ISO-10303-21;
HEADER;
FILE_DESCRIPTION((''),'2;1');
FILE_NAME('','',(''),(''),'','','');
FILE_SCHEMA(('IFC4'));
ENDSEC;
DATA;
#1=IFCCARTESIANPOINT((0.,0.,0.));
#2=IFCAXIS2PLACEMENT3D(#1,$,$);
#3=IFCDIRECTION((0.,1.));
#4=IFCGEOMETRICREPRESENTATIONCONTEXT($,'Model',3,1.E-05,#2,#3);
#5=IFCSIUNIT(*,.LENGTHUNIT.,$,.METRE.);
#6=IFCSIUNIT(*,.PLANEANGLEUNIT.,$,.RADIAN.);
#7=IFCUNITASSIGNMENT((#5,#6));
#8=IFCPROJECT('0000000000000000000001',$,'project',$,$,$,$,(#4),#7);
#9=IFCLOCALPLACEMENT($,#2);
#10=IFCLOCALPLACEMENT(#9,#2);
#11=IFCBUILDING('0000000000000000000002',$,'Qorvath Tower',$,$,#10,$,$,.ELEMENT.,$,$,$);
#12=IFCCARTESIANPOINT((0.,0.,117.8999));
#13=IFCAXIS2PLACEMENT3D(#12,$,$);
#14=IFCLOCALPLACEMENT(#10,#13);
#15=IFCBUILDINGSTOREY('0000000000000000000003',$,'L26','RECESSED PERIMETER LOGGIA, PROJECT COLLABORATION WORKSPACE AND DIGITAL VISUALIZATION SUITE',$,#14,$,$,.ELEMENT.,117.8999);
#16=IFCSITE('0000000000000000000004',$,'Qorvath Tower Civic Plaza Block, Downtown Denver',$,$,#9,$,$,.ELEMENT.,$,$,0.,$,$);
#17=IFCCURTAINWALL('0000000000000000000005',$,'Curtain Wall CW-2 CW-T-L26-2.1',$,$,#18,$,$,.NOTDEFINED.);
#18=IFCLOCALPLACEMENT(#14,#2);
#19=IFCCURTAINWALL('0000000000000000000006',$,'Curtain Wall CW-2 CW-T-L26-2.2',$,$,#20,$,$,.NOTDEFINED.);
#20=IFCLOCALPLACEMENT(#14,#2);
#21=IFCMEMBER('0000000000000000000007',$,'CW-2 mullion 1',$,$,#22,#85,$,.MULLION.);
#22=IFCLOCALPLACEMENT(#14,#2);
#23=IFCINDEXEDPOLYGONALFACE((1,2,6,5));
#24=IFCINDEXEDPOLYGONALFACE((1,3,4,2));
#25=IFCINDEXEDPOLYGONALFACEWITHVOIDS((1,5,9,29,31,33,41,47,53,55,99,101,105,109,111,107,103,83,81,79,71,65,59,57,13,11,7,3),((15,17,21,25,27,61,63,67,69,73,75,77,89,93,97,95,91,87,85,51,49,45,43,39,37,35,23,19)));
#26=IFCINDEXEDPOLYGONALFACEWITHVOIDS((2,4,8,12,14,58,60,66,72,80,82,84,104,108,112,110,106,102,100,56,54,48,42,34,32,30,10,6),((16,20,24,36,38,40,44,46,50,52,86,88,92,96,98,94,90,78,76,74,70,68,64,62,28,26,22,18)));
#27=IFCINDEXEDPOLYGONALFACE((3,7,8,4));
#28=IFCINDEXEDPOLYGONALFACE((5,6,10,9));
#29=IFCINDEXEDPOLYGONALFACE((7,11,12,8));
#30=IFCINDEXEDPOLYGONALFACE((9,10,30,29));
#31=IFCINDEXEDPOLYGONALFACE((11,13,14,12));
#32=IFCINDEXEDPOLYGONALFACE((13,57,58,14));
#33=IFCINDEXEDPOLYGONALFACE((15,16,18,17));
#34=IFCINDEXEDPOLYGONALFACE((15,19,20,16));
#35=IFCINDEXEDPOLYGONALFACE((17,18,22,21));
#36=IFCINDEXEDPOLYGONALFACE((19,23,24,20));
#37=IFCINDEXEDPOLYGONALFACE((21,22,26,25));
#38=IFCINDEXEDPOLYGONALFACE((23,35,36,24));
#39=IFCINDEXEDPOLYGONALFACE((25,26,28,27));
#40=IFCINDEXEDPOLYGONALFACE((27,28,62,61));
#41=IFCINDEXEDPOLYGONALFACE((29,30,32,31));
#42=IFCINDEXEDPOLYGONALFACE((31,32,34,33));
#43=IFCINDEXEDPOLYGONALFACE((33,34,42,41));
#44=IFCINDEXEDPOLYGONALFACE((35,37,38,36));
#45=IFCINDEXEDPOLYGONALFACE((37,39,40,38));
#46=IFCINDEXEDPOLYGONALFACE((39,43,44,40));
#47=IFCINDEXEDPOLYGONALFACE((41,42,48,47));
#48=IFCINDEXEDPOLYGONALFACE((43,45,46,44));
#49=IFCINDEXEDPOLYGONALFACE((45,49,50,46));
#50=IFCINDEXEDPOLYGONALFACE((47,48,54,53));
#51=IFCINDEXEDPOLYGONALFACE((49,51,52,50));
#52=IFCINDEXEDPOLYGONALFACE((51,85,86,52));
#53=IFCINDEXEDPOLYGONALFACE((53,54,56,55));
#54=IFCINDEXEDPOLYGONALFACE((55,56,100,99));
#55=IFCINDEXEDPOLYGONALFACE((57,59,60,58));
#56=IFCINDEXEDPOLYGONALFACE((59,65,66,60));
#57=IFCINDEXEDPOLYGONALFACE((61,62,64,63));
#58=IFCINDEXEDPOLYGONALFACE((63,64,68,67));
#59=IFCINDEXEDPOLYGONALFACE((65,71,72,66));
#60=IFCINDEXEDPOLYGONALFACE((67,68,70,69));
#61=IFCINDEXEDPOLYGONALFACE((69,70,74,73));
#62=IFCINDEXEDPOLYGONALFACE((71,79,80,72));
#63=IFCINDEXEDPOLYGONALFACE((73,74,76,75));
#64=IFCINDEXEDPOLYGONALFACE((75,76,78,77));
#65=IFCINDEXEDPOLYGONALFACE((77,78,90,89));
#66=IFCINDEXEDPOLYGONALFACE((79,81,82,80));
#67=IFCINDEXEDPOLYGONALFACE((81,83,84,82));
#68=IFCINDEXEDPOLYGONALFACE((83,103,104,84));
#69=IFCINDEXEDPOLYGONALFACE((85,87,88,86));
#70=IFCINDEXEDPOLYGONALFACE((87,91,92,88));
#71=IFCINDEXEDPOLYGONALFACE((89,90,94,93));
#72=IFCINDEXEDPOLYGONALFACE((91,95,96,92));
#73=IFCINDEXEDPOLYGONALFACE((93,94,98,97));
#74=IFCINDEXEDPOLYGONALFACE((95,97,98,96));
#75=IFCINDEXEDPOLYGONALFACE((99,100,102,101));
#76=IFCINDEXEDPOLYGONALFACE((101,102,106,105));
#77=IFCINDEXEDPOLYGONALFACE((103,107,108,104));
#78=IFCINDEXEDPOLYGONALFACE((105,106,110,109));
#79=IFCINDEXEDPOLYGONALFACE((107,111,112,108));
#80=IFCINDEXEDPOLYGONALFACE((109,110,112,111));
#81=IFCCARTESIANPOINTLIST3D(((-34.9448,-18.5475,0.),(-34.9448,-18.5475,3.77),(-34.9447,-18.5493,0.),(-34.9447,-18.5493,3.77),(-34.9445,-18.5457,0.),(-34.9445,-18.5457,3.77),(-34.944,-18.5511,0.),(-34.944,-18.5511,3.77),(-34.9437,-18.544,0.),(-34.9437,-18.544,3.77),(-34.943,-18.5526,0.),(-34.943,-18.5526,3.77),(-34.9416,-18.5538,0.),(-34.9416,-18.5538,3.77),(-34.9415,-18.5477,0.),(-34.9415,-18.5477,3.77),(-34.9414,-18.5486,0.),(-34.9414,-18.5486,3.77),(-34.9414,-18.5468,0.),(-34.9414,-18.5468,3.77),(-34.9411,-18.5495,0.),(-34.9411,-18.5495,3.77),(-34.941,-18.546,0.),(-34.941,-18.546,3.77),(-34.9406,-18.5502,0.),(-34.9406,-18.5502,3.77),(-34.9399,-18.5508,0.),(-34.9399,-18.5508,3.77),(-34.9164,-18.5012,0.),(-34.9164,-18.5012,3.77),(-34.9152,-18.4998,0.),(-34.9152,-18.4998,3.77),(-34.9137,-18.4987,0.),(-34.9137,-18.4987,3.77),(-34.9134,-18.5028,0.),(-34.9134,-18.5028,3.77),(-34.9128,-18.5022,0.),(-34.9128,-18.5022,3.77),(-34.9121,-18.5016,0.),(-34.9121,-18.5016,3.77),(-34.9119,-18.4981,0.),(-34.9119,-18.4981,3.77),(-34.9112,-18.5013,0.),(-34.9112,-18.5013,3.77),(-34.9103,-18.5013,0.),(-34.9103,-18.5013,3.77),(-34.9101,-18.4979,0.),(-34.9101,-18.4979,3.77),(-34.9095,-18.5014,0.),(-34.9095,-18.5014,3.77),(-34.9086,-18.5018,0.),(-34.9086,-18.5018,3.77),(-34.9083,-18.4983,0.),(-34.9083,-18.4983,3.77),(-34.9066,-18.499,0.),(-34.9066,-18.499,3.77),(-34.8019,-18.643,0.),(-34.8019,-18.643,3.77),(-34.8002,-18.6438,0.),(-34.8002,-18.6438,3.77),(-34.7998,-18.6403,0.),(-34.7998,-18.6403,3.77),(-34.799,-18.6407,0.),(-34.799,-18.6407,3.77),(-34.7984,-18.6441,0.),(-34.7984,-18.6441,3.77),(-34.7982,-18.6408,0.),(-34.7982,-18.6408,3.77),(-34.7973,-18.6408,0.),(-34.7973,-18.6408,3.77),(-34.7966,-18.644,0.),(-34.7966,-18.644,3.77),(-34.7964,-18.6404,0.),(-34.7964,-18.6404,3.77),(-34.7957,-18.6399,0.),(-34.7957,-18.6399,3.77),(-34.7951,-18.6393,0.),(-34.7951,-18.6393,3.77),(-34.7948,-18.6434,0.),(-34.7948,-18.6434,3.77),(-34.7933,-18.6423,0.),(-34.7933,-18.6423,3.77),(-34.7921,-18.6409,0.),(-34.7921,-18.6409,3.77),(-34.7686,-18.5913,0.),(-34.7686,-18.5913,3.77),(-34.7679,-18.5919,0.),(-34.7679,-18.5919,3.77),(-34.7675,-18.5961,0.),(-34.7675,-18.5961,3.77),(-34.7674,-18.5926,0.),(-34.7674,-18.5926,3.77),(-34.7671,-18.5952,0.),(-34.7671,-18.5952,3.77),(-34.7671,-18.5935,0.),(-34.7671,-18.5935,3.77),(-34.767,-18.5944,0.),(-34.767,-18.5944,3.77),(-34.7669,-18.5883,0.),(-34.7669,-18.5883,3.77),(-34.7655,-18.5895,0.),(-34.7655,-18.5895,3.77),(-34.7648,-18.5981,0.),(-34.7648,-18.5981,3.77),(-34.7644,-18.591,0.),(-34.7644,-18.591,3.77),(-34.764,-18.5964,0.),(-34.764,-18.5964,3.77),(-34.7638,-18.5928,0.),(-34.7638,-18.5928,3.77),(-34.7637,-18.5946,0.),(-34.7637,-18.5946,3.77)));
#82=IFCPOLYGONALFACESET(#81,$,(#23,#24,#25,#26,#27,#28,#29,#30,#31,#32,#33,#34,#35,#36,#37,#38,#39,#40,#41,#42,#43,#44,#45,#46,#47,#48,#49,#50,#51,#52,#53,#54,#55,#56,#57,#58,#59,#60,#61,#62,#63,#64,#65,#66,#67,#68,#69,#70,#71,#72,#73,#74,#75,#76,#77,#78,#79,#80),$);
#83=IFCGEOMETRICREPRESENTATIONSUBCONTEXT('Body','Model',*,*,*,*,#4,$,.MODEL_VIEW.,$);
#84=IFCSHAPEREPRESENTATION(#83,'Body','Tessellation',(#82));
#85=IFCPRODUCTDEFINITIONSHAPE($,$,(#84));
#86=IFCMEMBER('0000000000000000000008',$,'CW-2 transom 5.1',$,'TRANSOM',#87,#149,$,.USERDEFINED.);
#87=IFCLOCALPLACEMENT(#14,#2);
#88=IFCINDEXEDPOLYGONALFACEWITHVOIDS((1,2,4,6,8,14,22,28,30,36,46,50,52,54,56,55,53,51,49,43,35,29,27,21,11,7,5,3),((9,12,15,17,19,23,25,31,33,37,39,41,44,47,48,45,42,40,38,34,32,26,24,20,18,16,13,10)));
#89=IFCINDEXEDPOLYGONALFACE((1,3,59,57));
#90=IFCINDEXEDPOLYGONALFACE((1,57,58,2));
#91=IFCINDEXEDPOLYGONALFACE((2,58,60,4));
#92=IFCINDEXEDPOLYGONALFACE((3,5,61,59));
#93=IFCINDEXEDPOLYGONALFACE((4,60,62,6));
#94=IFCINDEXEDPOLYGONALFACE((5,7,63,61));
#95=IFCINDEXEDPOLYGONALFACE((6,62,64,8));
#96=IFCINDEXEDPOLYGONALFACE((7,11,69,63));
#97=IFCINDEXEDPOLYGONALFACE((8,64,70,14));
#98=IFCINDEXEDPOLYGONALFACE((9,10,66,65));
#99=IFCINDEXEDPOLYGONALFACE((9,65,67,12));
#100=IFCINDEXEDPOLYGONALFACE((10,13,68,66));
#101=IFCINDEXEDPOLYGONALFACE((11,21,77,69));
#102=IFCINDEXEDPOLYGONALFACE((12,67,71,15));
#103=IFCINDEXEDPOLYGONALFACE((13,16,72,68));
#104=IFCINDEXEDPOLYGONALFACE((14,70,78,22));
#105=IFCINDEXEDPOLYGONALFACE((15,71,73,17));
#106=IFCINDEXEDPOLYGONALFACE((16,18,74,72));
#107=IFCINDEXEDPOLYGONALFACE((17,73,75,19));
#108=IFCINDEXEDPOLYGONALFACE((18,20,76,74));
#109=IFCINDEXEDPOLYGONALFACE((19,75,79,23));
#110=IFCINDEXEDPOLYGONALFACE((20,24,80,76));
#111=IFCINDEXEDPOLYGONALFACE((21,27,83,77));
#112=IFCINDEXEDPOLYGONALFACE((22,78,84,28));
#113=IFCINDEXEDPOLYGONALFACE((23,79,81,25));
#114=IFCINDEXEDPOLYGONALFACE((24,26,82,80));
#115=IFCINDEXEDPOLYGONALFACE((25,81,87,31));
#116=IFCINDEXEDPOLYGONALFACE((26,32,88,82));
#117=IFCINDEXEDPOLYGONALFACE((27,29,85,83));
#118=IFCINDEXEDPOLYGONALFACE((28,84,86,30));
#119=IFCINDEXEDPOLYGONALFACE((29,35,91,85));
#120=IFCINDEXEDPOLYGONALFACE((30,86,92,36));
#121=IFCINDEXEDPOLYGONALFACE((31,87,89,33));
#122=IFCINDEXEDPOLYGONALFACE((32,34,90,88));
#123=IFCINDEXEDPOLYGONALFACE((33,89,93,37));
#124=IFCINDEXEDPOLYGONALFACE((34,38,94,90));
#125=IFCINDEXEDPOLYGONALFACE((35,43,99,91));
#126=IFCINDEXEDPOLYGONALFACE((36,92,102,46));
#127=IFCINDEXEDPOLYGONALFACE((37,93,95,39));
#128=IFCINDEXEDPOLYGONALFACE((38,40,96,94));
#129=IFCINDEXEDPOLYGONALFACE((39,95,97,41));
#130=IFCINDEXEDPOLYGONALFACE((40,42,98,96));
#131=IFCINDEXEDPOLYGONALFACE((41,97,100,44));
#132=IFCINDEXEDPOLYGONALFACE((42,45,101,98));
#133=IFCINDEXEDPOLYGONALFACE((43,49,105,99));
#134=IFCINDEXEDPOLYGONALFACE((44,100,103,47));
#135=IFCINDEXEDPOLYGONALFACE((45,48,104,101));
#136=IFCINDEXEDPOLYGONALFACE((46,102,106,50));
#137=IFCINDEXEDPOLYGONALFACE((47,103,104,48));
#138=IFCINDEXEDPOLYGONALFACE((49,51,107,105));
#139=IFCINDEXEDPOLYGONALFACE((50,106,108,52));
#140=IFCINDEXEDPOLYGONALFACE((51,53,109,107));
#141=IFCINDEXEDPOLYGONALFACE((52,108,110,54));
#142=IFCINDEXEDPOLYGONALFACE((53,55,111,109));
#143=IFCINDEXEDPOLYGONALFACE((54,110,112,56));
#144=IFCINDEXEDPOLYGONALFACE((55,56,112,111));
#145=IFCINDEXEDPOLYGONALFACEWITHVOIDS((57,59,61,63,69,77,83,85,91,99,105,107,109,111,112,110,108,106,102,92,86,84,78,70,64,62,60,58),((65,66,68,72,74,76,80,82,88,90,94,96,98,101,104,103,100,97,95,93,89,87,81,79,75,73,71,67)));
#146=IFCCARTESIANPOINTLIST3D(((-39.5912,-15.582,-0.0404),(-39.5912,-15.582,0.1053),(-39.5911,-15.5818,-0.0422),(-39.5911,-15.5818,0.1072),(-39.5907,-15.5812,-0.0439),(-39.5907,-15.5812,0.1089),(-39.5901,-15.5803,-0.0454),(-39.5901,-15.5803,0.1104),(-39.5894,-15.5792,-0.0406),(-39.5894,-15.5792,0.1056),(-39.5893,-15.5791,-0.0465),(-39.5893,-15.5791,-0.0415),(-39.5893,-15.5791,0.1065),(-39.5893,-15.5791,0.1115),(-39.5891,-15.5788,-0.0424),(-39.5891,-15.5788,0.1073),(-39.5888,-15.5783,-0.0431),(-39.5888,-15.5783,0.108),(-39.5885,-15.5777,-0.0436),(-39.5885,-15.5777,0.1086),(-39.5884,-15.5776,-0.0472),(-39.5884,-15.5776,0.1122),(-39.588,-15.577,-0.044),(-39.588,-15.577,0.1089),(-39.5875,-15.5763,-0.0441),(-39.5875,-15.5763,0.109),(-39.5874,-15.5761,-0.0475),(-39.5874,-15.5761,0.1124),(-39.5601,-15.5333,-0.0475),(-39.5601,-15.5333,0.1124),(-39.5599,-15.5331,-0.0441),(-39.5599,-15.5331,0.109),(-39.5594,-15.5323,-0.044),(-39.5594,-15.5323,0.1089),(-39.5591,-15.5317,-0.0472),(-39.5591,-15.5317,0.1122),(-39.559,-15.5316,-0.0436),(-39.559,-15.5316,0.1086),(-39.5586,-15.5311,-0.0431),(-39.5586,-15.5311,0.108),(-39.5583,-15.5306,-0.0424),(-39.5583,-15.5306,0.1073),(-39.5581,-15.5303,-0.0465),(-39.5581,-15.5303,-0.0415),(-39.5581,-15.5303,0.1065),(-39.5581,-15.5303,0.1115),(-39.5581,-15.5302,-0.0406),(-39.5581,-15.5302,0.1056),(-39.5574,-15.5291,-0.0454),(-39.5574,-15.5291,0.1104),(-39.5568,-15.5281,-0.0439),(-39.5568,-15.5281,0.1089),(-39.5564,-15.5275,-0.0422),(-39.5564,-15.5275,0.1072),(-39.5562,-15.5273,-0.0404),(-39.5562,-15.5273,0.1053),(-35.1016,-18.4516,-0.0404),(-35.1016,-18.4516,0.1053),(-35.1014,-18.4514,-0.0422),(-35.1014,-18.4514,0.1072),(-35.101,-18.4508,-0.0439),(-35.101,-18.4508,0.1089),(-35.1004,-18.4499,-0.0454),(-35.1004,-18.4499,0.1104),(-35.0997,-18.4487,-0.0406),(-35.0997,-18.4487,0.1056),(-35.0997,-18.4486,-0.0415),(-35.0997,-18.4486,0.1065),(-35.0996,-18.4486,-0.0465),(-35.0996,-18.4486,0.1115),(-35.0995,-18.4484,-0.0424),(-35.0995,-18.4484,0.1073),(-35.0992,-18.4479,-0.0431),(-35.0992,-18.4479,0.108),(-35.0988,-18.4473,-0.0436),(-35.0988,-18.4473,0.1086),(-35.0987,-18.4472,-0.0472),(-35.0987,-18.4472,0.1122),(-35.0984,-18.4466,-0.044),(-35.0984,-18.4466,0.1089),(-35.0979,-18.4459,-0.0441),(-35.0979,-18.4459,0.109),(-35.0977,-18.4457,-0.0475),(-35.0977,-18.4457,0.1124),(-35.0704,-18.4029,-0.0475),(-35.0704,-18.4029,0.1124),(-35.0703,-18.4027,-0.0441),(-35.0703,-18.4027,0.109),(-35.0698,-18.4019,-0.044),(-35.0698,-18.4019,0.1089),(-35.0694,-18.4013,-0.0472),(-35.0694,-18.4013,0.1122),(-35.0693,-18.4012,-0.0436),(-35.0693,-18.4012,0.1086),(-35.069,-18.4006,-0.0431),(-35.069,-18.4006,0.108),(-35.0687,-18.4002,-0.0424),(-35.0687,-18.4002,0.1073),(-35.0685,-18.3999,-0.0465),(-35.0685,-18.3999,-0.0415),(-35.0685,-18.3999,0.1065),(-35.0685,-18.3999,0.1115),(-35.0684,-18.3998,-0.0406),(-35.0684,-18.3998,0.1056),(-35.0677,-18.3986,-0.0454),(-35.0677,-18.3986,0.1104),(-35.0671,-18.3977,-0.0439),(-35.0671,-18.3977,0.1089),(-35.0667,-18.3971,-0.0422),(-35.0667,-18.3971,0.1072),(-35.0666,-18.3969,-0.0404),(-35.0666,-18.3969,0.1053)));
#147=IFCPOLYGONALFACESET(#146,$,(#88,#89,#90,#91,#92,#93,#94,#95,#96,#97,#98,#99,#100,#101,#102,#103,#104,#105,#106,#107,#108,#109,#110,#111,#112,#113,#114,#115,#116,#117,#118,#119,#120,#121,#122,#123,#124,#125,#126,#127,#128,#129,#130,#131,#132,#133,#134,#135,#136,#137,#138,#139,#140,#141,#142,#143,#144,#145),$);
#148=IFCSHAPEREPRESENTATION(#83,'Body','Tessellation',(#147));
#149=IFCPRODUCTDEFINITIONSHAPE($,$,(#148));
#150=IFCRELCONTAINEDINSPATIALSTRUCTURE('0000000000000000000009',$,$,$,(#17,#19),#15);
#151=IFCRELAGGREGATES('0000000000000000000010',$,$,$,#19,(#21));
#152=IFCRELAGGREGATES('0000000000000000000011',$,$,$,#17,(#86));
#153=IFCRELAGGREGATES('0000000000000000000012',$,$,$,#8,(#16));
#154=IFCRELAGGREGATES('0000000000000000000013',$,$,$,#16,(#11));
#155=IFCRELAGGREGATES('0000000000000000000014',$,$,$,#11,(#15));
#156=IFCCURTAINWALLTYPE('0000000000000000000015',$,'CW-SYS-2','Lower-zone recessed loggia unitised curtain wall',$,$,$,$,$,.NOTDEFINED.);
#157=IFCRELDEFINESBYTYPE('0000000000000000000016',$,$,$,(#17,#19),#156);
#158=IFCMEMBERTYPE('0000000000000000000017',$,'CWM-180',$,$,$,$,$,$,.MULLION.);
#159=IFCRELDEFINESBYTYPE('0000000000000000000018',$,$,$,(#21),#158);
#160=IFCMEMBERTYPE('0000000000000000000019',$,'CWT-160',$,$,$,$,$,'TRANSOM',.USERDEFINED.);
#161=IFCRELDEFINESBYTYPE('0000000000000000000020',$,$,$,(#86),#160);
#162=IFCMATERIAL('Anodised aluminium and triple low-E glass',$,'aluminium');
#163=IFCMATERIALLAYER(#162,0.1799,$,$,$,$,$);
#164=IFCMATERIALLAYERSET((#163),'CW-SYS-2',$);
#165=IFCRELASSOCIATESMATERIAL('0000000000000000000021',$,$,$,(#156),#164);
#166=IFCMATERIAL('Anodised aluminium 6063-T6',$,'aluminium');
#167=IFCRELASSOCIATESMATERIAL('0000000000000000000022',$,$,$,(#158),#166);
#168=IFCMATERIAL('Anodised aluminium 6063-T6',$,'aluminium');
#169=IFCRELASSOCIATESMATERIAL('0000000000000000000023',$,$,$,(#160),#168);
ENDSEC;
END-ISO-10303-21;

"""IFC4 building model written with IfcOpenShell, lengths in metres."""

from ifc_helpers import new_model, si_unit, direction, frame, origin, origin_2d, place, context, subcontext, project, spatial, hollow_rectangle, extrude, material, layer, layer_set, material_profile, profile_set, type_object, element, aggregate, save


model = new_model("IFC4")

# Units and contexts
model_context = context("Model", 3, precision=1e-05, world=origin(), true_north=direction((0.0, 1.0)))
body_context = subcontext(model_context, "Body", "Model", "MODEL_VIEW")
ifc_project = project(units=[si_unit("LENGTHUNIT", "METRE"), si_unit("PLANEANGLEUNIT", "RADIAN")], contexts=[model_context])

# Site, building, storey
site_placement = place(None, origin())
site = spatial("IfcSite", under=ifc_project, at=site_placement, Name="Qorvath Tower Civic Plaza Block, Downtown Denver", CompositionType="ELEMENT", RefElevation=0.0)
building_placement = place(site_placement, origin())
building = spatial("IfcBuilding", under=site, at=building_placement, Name="Qorvath Tower", CompositionType="ELEMENT")
storey_placement = place(building_placement, frame((0.0, 0.0, 117.8999)))
storey = spatial("IfcBuildingStorey", under=building, at=storey_placement, Name="L26", Description="RECESSED PERIMETER LOGGIA, PROJECT COLLABORATION WORKSPACE AND DIGITAL VISUALIZATION SUITE", CompositionType="ELEMENT", Elevation=117.8999)

# Curtain wall
ifc_material_1 = material(Name="Anodised aluminium and triple low-E glass", Category="aluminium")
ifc_layer_1 = layer(ifc_material_1, 0.1799)
ifc_layer_set_1 = layer_set([ifc_layer_1], Name="CW-SYS-2")
curtain_wall_type = type_object("IfcCurtainWallType", Name="CW-SYS-2", Description="Lower-zone recessed loggia unitised curtain wall", PredefinedType="NOTDEFINED", material=ifc_layer_set_1)
curtain_wall_1_placement = place(storey_placement, origin())
curtain_wall_1 = element("IfcCurtainWall", 1, at=curtain_wall_1_placement, inside=storey, type_object=curtain_wall_type, Name="Curtain Wall CW-2 CW-T-L26-2.1", PredefinedType="NOTDEFINED")
ifc_material_2 = material(Name="Anodised aluminium 6063-T6", Category="aluminium")
ifc_material_profile_1 = material_profile(ifc_material_2, hollow_rectangle(XDim=0.0649, YDim=0.1799, WallThickness=0.0034, InnerFilletRadius=0.0034, OuterFilletRadius=0.0071, at=origin_2d()), Name="CWM 180x65")
ifc_profile_set_1 = profile_set([ifc_material_profile_1], Name="Anodised aluminium 6063-T6")
member_type_1 = type_object("IfcMemberType", Name="CWM-180", PredefinedType="MULLION", material=ifc_profile_set_1)

# Curtain wall, member
curtain_wall_2_placement = place(storey_placement, origin())
curtain_wall_2 = element("IfcCurtainWall", 2, at=curtain_wall_2_placement, inside=storey, type_object=curtain_wall_type, Name="Curtain Wall CW-2 CW-T-L26-2.2", PredefinedType="NOTDEFINED")
member_1_placement = place(storey_placement, frame((-34.8542, -18.571, 0.0), z_axis=(0.0, 0.0, 1.0), x_axis=(0.538536, 0.842602, 0.0)))
member_1 = element("IfcMember", 3, at=member_1_placement, type_object=member_type_1, Name="CW-2 mullion 1", PredefinedType="MULLION", context=body_context, shape_type="SweptSolid", body=[
    extrude(hollow_rectangle(XDim=0.0649, YDim=0.1799, WallThickness=0.0034, InnerFilletRadius=0.0034, OuterFilletRadius=0.0071, at=origin_2d()), origin(), (0.0, 0.0, 1.0), 3.77),
])

# Member
ifc_material_3 = material(Name="Anodised aluminium 6063-T6", Category="aluminium")
ifc_material_profile_2 = material_profile(ifc_material_3, hollow_rectangle(XDim=0.0649, YDim=0.1599, WallThickness=0.0034, InnerFilletRadius=0.0034, OuterFilletRadius=0.0071, at=origin_2d()), Name="CWT 160x65")
ifc_profile_set_2 = profile_set([ifc_material_profile_2], Name="Anodised aluminium 6063-T6")
member_type_2 = type_object("IfcMemberType", Name="CWT-160", ElementType="TRANSOM", PredefinedType="USERDEFINED", material=ifc_profile_set_2)
member_2_placement = place(storey_placement, frame((-39.5737, -15.5547, 0.0325), z_axis=(0.842596, -0.538547, 0.0), x_axis=(0.538547, 0.842596, 0.0)))
member_2 = element("IfcMember", 4, at=member_2_placement, type_object=member_type_2, Name="CW-2 transom 5.1", ObjectType="TRANSOM", PredefinedType="USERDEFINED", context=body_context, shape_type="SweptSolid", body=[
    extrude(hollow_rectangle(XDim=0.0649, YDim=0.1599, WallThickness=0.0034, InnerFilletRadius=0.0034, OuterFilletRadius=0.0071, at=origin_2d()), origin(), (0.0, 0.0, 1.0), 5.3284),
])
aggregate(curtain_wall_2, [member_1])

aggregate(curtain_wall_1, [member_2])

save(model, "model.ifc")
